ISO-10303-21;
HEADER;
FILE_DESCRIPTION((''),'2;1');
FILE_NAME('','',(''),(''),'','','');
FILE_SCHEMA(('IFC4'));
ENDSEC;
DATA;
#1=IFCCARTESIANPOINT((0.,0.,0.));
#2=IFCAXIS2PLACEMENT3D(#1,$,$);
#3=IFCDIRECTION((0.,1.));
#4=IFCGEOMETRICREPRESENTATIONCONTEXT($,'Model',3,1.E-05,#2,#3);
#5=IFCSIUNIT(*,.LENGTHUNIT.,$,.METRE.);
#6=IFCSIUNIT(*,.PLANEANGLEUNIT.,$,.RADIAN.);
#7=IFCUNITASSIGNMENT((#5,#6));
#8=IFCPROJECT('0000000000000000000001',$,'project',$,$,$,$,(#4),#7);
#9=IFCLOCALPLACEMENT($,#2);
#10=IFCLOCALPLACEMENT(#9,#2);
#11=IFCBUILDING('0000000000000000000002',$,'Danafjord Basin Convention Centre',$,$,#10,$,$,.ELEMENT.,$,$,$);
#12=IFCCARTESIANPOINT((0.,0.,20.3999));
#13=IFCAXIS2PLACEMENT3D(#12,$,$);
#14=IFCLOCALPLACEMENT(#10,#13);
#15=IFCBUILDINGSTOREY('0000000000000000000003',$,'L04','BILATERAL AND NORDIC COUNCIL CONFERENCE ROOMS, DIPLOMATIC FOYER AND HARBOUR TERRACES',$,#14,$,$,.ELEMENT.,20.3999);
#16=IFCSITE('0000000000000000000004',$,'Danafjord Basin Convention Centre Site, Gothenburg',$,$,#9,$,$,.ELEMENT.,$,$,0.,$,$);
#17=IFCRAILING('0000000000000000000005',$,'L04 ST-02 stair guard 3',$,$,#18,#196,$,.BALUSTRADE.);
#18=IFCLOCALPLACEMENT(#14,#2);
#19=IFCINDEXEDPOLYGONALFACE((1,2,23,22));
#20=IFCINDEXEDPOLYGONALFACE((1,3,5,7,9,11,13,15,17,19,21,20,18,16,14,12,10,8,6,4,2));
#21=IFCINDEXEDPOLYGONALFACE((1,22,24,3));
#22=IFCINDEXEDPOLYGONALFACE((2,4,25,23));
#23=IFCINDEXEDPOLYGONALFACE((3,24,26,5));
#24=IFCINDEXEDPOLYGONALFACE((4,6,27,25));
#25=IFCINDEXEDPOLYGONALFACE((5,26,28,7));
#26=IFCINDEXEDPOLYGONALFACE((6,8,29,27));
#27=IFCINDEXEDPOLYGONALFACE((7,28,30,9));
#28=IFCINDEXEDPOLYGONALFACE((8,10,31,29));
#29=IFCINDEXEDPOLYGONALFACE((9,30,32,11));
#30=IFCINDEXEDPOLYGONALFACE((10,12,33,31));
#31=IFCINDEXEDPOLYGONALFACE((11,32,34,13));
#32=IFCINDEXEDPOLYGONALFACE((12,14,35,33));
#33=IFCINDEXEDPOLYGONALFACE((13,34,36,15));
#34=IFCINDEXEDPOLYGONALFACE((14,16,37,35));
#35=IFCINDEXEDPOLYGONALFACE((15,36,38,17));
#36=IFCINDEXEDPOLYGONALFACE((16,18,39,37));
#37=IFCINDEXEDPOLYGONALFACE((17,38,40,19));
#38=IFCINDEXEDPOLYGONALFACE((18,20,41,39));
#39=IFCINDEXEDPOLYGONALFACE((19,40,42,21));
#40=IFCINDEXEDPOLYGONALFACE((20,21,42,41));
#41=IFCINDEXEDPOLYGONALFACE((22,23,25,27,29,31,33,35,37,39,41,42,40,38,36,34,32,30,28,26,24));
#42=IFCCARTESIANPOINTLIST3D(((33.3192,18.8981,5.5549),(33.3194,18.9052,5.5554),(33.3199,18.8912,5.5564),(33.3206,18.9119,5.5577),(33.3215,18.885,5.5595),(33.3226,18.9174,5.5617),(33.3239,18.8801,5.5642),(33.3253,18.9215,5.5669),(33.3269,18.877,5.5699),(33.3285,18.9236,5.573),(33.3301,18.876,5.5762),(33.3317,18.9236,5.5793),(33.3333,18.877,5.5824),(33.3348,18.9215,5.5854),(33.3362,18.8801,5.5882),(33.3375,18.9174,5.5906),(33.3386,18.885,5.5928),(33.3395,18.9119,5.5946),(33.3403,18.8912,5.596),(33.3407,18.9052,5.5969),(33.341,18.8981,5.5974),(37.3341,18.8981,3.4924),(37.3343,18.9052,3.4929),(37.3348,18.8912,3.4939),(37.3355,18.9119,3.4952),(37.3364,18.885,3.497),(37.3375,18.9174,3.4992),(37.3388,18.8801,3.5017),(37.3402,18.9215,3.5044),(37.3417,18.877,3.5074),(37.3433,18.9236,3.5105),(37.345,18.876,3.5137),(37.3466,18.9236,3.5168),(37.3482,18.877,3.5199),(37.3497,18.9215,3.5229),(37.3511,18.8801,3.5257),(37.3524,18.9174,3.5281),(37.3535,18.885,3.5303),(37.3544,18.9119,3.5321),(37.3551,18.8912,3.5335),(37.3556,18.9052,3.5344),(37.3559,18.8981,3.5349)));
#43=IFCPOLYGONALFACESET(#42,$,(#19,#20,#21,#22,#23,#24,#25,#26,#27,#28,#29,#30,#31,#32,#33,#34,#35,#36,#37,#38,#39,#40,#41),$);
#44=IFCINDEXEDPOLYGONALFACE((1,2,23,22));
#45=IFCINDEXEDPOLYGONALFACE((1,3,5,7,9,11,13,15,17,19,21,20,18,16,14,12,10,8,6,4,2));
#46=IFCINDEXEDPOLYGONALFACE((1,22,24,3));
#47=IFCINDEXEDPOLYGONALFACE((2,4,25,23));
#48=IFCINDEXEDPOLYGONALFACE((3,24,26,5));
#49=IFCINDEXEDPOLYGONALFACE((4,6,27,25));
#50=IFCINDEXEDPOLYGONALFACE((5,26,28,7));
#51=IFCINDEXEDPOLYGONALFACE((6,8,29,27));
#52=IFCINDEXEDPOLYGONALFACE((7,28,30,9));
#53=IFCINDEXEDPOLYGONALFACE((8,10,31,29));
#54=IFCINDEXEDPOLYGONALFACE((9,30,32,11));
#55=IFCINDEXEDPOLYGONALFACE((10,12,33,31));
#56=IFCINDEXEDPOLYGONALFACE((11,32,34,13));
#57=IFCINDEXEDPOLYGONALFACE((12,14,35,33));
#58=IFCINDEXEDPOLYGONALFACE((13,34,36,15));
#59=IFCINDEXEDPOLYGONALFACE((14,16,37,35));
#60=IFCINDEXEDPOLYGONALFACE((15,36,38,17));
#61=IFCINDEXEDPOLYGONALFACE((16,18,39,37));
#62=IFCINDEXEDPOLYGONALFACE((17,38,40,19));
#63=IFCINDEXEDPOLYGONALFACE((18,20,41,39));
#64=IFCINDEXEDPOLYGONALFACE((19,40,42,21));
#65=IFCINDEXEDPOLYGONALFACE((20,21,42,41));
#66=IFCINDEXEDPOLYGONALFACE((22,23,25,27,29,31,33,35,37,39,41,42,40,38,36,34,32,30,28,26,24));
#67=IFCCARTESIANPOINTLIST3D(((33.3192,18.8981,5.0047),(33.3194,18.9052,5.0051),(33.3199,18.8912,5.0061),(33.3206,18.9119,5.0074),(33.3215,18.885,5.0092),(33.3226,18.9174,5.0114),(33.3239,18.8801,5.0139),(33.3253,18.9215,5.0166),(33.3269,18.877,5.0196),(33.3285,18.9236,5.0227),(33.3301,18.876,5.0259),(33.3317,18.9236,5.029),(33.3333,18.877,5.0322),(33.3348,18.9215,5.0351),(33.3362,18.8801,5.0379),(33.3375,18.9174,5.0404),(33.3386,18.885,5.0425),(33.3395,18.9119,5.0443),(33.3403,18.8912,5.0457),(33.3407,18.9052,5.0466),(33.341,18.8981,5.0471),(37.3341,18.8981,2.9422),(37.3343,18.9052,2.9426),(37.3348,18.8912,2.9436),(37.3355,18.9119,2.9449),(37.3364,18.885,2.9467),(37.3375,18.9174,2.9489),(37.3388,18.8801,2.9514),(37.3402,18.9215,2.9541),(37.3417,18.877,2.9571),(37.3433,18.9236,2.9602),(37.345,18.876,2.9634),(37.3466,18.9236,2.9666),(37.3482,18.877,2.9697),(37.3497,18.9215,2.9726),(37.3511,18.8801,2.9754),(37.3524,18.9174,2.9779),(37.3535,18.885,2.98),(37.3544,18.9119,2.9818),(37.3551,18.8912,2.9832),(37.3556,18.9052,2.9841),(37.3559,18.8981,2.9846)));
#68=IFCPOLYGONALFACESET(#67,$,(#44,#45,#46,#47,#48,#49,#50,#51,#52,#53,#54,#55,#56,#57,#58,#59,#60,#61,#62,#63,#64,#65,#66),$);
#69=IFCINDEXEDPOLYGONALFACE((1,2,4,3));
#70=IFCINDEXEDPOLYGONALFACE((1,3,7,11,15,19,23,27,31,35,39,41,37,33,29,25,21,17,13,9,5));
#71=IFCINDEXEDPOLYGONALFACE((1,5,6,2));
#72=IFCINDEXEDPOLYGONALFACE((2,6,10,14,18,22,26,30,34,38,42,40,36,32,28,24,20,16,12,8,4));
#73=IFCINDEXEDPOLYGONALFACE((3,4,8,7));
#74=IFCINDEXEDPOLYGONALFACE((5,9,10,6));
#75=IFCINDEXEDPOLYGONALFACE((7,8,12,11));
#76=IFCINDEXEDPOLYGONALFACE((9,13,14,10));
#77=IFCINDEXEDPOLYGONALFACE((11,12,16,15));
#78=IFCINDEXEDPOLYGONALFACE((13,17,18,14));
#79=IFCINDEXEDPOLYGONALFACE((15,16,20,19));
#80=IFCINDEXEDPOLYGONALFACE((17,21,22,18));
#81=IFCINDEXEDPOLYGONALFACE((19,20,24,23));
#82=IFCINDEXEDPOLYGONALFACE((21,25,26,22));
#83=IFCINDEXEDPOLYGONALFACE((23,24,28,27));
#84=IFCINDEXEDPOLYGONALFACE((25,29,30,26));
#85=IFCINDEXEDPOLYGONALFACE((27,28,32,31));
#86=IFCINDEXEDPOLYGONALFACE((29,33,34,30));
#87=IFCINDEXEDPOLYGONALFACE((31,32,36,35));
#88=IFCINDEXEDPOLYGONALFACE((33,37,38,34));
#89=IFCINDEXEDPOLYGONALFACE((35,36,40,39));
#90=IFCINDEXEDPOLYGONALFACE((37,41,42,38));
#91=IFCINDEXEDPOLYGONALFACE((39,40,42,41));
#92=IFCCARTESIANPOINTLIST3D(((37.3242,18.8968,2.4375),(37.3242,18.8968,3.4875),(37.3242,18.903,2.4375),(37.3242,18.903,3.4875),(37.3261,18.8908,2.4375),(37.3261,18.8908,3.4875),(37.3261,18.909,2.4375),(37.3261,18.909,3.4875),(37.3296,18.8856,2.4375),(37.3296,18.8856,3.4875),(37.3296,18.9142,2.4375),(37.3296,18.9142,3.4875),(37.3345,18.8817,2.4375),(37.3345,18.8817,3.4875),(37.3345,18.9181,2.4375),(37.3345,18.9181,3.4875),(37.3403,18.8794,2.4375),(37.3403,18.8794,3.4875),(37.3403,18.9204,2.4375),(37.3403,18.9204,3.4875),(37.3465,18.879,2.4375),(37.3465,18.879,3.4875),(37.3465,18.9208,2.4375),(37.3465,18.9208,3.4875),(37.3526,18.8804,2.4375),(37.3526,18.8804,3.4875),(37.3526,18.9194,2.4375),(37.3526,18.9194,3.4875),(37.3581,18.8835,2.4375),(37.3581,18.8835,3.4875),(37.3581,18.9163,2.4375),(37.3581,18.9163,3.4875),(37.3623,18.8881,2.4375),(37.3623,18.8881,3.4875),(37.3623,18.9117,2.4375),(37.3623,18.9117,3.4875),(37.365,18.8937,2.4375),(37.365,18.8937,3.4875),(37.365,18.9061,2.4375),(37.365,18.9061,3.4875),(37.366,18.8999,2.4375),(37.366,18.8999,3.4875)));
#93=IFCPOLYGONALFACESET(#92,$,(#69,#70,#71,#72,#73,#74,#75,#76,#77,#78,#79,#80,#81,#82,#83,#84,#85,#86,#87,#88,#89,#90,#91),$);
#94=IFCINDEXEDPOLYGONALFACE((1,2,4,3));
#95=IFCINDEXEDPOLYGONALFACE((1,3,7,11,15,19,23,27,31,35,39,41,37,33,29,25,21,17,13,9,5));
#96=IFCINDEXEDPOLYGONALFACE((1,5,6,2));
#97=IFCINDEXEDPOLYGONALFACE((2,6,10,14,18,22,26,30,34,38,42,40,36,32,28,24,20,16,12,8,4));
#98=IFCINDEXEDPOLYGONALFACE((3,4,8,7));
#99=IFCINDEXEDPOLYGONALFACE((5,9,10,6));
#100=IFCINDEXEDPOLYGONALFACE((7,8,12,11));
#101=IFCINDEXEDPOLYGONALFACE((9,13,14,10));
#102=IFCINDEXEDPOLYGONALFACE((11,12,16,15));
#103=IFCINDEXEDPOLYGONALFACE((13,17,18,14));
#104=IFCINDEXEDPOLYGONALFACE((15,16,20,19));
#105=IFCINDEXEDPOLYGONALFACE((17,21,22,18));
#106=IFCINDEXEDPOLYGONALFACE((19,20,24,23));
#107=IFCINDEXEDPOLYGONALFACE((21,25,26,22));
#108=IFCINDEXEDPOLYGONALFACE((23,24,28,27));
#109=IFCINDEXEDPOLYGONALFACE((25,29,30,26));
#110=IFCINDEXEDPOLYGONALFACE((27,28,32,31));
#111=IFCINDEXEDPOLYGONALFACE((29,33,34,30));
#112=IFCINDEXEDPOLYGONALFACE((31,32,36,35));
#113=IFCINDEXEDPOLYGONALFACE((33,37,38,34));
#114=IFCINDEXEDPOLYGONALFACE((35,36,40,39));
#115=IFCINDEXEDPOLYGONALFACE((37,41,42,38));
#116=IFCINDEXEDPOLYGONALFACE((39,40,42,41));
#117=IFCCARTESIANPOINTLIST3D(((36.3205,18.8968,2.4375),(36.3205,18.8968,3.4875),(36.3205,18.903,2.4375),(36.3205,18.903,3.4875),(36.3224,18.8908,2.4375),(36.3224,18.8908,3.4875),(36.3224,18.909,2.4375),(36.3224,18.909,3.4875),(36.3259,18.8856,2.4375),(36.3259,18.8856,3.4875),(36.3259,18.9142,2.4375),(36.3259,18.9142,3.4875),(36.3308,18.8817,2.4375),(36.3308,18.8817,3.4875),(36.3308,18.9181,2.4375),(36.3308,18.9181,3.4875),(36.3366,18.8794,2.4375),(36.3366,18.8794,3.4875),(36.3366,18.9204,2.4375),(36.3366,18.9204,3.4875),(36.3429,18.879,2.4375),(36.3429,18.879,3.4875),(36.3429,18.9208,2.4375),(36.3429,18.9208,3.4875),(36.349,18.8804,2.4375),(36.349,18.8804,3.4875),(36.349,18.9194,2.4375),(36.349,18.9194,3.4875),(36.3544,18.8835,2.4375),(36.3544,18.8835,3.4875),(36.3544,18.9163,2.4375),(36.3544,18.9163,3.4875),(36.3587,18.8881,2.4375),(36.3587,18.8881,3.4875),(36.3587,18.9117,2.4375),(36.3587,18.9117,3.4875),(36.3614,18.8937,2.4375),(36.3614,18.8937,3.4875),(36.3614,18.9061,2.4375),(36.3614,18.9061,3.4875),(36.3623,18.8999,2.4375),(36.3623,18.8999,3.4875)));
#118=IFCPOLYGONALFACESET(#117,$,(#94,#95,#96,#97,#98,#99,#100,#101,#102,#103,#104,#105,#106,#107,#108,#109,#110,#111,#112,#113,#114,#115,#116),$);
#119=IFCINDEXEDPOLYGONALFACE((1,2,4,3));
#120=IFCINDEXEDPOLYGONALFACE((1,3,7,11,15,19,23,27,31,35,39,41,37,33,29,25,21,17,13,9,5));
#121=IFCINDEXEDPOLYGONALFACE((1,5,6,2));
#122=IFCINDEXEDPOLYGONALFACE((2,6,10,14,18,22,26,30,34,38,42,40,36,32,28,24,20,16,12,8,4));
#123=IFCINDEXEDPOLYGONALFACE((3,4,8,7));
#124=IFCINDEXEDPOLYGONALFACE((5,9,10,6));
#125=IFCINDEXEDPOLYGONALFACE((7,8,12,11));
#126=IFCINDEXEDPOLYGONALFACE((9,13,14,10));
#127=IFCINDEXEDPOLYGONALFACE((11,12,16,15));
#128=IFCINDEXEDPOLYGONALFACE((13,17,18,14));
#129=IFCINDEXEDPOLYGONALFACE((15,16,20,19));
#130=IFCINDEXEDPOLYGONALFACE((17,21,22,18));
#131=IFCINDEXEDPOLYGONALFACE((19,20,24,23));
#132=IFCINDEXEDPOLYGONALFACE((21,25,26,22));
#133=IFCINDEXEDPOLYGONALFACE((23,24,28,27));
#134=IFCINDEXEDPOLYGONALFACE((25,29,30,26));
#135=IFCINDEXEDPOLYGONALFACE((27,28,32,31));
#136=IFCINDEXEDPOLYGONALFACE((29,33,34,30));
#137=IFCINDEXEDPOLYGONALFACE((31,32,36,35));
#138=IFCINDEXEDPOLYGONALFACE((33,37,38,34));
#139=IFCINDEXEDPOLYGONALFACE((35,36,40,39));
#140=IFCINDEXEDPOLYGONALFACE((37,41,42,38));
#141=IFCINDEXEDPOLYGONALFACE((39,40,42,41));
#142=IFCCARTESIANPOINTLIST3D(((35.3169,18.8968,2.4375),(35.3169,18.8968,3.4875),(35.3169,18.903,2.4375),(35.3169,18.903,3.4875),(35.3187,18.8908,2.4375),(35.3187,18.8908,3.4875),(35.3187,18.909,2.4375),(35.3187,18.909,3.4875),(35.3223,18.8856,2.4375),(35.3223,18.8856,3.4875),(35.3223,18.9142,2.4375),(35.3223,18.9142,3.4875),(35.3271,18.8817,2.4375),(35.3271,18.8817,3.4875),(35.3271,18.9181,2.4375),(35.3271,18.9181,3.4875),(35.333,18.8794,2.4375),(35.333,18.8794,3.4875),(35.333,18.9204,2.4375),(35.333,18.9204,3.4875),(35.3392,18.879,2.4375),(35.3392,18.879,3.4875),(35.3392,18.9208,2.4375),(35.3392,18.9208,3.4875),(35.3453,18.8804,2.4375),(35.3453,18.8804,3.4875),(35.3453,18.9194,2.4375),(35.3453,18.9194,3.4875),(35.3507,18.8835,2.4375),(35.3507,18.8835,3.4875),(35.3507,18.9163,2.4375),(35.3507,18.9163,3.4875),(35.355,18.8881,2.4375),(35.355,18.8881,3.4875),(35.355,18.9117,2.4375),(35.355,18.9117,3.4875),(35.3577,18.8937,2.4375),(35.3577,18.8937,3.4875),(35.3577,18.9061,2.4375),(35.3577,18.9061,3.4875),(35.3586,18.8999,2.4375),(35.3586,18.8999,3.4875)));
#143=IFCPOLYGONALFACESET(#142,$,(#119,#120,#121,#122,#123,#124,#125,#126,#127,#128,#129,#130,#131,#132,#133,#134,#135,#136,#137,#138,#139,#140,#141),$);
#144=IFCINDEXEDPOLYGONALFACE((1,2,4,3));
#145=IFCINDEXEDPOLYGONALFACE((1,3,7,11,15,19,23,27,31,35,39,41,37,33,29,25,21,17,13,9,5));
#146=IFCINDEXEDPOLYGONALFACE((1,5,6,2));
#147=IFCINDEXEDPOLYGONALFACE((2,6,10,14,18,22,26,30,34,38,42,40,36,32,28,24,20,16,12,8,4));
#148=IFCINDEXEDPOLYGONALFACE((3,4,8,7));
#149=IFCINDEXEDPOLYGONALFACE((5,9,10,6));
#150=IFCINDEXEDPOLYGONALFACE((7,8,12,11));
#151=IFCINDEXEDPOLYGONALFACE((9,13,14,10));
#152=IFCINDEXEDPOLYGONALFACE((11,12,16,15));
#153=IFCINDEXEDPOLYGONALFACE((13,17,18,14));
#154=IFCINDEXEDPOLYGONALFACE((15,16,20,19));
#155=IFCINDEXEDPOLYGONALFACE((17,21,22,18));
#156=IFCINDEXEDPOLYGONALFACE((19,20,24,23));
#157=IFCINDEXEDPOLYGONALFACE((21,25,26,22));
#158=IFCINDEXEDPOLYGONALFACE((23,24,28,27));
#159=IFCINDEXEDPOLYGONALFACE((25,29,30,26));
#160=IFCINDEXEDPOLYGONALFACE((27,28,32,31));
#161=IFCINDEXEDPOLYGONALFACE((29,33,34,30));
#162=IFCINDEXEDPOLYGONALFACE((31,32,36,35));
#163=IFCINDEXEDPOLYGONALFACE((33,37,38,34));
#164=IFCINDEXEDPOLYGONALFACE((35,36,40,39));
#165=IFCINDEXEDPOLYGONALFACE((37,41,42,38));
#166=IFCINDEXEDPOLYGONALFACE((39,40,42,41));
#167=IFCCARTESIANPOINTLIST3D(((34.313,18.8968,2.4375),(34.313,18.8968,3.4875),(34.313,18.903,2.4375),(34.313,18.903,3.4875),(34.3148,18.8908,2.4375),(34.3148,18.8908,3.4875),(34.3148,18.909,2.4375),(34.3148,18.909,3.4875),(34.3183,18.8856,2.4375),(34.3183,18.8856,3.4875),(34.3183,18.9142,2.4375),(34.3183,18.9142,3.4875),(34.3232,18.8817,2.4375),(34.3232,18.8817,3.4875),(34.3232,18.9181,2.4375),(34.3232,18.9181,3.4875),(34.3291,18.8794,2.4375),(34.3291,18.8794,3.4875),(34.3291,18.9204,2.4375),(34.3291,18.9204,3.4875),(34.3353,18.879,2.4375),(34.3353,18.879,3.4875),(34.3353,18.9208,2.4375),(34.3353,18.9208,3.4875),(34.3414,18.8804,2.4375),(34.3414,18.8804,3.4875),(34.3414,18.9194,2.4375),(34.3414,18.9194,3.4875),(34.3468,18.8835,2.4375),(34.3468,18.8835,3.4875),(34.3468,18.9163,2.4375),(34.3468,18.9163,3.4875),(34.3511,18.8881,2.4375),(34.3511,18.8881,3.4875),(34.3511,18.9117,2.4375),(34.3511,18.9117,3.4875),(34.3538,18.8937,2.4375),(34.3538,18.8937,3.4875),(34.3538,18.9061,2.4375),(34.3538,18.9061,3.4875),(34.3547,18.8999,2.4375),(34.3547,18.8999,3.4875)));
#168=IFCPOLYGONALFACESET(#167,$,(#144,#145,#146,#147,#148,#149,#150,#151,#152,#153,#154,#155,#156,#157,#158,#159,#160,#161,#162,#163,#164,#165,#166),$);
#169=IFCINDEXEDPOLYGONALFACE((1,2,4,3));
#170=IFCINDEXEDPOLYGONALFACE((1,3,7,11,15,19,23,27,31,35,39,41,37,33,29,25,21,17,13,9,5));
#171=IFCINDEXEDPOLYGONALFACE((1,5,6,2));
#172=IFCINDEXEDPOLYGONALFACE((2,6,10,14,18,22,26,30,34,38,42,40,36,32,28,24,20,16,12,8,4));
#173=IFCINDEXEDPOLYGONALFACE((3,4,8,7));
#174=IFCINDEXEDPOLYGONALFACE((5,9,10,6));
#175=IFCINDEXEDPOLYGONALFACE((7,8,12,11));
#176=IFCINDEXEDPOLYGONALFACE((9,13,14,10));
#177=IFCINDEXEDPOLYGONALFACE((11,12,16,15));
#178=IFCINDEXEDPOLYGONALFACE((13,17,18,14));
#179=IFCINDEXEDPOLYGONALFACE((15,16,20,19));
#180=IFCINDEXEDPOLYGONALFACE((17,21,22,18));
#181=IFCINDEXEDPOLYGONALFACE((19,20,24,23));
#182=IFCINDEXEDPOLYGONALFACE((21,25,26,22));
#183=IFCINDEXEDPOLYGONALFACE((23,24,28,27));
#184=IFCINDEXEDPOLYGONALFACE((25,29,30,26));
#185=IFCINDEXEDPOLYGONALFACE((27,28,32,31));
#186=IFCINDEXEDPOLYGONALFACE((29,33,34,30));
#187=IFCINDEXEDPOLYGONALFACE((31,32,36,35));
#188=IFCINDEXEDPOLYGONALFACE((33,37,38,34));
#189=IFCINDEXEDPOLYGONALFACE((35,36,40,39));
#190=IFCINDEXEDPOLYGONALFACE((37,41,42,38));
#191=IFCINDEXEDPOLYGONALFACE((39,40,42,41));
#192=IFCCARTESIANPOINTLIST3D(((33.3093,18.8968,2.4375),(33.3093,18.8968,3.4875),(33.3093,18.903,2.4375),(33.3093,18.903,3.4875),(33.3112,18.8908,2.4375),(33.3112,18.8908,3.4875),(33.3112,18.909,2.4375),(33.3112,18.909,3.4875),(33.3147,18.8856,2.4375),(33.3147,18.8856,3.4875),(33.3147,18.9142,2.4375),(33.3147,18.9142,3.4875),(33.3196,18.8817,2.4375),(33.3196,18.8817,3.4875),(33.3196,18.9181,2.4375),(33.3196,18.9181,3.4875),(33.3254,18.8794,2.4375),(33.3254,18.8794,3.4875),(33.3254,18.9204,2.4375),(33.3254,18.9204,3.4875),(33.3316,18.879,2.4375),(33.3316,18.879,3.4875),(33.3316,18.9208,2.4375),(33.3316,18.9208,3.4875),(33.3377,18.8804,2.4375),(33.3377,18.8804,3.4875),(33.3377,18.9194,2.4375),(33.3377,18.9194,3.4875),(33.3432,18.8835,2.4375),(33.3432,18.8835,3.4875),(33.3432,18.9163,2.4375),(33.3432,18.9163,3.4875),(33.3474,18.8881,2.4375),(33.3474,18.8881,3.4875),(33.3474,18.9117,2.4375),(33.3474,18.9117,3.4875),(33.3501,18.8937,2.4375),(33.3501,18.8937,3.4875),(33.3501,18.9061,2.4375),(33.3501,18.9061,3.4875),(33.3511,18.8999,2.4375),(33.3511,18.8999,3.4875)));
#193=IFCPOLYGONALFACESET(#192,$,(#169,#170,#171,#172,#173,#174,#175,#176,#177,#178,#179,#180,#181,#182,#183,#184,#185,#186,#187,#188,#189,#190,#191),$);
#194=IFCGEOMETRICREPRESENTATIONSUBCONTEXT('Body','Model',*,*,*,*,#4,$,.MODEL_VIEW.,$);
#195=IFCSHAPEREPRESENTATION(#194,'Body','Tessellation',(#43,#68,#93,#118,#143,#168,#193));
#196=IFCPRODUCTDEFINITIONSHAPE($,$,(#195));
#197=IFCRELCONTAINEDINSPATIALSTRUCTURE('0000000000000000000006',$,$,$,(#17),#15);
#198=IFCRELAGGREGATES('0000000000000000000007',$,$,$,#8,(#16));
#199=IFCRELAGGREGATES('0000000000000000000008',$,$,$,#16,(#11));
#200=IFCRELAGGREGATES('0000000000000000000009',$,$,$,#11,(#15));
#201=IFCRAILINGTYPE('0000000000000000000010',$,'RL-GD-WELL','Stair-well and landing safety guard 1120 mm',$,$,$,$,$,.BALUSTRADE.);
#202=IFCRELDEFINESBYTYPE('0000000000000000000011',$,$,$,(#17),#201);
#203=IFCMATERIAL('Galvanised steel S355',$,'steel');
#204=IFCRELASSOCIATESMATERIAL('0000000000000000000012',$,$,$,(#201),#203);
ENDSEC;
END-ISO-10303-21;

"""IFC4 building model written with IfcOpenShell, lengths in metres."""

from ifc_helpers import new_model, si_unit, direction, frame, origin, origin_2d, place, context, subcontext, project, spatial, circle, extrude, material, type_object, element, save


model = new_model("IFC4")

# Units and contexts
model_context = context("Model", 3, precision=1e-05, world=origin(), true_north=direction((0.0, 1.0)))
body_context = subcontext(model_context, "Body", "Model", "MODEL_VIEW")
ifc_project = project(units=[si_unit("LENGTHUNIT", "METRE"), si_unit("PLANEANGLEUNIT", "RADIAN")], contexts=[model_context])

# Site, building, storey
site_placement = place(None, origin())
site = spatial("IfcSite", under=ifc_project, at=site_placement, Name="Danafjord Basin Convention Centre Site, Gothenburg", CompositionType="ELEMENT", RefElevation=0.0)
building_placement = place(site_placement, origin())
building = spatial("IfcBuilding", under=site, at=building_placement, Name="Danafjord Basin Convention Centre", CompositionType="ELEMENT")
storey_placement = place(building_placement, frame((0.0, 0.0, 20.3999)))
storey = spatial("IfcBuildingStorey", under=building, at=storey_placement, Name="L04", Description="BILATERAL AND NORDIC COUNCIL CONFERENCE ROOMS, DIPLOMATIC FOYER AND HARBOUR TERRACES", CompositionType="ELEMENT", Elevation=20.3999)

# Railing
ifc_material_1 = material(Name="Galvanised steel S355", Category="steel")
railing_type_1 = type_object("IfcRailingType", Name="RL-GD-WELL", Description="Stair-well and landing safety guard 1120 mm", PredefinedType="BALUSTRADE", material=ifc_material_1)
railing_1_placement = place(storey_placement, frame((37.345, 18.8999, 2.4375)))
element("IfcRailing", 1, at=railing_1_placement, inside=storey, type_object=railing_type_1, Name="L04 ST-02 stair guard 3", PredefinedType="BALUSTRADE", context=body_context, shape_type="SweptSolid", body=[
    extrude(circle(Radius=0.0239, at=origin_2d()), frame((0.0, 0.0, 1.0762), z_axis=(-0.889495, 0.0, 0.456945), x_axis=(0.0, -1.0, 0.0)), (0.0, 0.0, 1.0), 4.5137),
    extrude(circle(Radius=0.0239, at=origin_2d()), frame((0.0, 0.0, 0.5259), z_axis=(-0.889495, 0.0, 0.456945), x_axis=(0.0, -1.0, 0.0)), (0.0, 0.0, 1.0), 4.5137),
    extrude(circle(Radius=0.021, at=origin_2d()), origin(), (0.0, 0.0, 1.0), 1.05),
    extrude(circle(Radius=0.021, at=origin_2d()), frame((-1.0037, 0.0, 0.0)), (0.0, 0.0, 1.0), 1.05),
    extrude(circle(Radius=0.021, at=origin_2d()), frame((-2.0073, 0.0, 0.0)), (0.0, 0.0, 1.0), 1.05),
    extrude(circle(Radius=0.021, at=origin_2d()), frame((-3.0112, 0.0, 0.0)), (0.0, 0.0, 1.0), 1.05),
    extrude(circle(Radius=0.021, at=origin_2d()), frame((-4.0149, 0.0, 0.0)), (0.0, 0.0, 1.0), 1.05),
])

save(model, "model.ifc")
